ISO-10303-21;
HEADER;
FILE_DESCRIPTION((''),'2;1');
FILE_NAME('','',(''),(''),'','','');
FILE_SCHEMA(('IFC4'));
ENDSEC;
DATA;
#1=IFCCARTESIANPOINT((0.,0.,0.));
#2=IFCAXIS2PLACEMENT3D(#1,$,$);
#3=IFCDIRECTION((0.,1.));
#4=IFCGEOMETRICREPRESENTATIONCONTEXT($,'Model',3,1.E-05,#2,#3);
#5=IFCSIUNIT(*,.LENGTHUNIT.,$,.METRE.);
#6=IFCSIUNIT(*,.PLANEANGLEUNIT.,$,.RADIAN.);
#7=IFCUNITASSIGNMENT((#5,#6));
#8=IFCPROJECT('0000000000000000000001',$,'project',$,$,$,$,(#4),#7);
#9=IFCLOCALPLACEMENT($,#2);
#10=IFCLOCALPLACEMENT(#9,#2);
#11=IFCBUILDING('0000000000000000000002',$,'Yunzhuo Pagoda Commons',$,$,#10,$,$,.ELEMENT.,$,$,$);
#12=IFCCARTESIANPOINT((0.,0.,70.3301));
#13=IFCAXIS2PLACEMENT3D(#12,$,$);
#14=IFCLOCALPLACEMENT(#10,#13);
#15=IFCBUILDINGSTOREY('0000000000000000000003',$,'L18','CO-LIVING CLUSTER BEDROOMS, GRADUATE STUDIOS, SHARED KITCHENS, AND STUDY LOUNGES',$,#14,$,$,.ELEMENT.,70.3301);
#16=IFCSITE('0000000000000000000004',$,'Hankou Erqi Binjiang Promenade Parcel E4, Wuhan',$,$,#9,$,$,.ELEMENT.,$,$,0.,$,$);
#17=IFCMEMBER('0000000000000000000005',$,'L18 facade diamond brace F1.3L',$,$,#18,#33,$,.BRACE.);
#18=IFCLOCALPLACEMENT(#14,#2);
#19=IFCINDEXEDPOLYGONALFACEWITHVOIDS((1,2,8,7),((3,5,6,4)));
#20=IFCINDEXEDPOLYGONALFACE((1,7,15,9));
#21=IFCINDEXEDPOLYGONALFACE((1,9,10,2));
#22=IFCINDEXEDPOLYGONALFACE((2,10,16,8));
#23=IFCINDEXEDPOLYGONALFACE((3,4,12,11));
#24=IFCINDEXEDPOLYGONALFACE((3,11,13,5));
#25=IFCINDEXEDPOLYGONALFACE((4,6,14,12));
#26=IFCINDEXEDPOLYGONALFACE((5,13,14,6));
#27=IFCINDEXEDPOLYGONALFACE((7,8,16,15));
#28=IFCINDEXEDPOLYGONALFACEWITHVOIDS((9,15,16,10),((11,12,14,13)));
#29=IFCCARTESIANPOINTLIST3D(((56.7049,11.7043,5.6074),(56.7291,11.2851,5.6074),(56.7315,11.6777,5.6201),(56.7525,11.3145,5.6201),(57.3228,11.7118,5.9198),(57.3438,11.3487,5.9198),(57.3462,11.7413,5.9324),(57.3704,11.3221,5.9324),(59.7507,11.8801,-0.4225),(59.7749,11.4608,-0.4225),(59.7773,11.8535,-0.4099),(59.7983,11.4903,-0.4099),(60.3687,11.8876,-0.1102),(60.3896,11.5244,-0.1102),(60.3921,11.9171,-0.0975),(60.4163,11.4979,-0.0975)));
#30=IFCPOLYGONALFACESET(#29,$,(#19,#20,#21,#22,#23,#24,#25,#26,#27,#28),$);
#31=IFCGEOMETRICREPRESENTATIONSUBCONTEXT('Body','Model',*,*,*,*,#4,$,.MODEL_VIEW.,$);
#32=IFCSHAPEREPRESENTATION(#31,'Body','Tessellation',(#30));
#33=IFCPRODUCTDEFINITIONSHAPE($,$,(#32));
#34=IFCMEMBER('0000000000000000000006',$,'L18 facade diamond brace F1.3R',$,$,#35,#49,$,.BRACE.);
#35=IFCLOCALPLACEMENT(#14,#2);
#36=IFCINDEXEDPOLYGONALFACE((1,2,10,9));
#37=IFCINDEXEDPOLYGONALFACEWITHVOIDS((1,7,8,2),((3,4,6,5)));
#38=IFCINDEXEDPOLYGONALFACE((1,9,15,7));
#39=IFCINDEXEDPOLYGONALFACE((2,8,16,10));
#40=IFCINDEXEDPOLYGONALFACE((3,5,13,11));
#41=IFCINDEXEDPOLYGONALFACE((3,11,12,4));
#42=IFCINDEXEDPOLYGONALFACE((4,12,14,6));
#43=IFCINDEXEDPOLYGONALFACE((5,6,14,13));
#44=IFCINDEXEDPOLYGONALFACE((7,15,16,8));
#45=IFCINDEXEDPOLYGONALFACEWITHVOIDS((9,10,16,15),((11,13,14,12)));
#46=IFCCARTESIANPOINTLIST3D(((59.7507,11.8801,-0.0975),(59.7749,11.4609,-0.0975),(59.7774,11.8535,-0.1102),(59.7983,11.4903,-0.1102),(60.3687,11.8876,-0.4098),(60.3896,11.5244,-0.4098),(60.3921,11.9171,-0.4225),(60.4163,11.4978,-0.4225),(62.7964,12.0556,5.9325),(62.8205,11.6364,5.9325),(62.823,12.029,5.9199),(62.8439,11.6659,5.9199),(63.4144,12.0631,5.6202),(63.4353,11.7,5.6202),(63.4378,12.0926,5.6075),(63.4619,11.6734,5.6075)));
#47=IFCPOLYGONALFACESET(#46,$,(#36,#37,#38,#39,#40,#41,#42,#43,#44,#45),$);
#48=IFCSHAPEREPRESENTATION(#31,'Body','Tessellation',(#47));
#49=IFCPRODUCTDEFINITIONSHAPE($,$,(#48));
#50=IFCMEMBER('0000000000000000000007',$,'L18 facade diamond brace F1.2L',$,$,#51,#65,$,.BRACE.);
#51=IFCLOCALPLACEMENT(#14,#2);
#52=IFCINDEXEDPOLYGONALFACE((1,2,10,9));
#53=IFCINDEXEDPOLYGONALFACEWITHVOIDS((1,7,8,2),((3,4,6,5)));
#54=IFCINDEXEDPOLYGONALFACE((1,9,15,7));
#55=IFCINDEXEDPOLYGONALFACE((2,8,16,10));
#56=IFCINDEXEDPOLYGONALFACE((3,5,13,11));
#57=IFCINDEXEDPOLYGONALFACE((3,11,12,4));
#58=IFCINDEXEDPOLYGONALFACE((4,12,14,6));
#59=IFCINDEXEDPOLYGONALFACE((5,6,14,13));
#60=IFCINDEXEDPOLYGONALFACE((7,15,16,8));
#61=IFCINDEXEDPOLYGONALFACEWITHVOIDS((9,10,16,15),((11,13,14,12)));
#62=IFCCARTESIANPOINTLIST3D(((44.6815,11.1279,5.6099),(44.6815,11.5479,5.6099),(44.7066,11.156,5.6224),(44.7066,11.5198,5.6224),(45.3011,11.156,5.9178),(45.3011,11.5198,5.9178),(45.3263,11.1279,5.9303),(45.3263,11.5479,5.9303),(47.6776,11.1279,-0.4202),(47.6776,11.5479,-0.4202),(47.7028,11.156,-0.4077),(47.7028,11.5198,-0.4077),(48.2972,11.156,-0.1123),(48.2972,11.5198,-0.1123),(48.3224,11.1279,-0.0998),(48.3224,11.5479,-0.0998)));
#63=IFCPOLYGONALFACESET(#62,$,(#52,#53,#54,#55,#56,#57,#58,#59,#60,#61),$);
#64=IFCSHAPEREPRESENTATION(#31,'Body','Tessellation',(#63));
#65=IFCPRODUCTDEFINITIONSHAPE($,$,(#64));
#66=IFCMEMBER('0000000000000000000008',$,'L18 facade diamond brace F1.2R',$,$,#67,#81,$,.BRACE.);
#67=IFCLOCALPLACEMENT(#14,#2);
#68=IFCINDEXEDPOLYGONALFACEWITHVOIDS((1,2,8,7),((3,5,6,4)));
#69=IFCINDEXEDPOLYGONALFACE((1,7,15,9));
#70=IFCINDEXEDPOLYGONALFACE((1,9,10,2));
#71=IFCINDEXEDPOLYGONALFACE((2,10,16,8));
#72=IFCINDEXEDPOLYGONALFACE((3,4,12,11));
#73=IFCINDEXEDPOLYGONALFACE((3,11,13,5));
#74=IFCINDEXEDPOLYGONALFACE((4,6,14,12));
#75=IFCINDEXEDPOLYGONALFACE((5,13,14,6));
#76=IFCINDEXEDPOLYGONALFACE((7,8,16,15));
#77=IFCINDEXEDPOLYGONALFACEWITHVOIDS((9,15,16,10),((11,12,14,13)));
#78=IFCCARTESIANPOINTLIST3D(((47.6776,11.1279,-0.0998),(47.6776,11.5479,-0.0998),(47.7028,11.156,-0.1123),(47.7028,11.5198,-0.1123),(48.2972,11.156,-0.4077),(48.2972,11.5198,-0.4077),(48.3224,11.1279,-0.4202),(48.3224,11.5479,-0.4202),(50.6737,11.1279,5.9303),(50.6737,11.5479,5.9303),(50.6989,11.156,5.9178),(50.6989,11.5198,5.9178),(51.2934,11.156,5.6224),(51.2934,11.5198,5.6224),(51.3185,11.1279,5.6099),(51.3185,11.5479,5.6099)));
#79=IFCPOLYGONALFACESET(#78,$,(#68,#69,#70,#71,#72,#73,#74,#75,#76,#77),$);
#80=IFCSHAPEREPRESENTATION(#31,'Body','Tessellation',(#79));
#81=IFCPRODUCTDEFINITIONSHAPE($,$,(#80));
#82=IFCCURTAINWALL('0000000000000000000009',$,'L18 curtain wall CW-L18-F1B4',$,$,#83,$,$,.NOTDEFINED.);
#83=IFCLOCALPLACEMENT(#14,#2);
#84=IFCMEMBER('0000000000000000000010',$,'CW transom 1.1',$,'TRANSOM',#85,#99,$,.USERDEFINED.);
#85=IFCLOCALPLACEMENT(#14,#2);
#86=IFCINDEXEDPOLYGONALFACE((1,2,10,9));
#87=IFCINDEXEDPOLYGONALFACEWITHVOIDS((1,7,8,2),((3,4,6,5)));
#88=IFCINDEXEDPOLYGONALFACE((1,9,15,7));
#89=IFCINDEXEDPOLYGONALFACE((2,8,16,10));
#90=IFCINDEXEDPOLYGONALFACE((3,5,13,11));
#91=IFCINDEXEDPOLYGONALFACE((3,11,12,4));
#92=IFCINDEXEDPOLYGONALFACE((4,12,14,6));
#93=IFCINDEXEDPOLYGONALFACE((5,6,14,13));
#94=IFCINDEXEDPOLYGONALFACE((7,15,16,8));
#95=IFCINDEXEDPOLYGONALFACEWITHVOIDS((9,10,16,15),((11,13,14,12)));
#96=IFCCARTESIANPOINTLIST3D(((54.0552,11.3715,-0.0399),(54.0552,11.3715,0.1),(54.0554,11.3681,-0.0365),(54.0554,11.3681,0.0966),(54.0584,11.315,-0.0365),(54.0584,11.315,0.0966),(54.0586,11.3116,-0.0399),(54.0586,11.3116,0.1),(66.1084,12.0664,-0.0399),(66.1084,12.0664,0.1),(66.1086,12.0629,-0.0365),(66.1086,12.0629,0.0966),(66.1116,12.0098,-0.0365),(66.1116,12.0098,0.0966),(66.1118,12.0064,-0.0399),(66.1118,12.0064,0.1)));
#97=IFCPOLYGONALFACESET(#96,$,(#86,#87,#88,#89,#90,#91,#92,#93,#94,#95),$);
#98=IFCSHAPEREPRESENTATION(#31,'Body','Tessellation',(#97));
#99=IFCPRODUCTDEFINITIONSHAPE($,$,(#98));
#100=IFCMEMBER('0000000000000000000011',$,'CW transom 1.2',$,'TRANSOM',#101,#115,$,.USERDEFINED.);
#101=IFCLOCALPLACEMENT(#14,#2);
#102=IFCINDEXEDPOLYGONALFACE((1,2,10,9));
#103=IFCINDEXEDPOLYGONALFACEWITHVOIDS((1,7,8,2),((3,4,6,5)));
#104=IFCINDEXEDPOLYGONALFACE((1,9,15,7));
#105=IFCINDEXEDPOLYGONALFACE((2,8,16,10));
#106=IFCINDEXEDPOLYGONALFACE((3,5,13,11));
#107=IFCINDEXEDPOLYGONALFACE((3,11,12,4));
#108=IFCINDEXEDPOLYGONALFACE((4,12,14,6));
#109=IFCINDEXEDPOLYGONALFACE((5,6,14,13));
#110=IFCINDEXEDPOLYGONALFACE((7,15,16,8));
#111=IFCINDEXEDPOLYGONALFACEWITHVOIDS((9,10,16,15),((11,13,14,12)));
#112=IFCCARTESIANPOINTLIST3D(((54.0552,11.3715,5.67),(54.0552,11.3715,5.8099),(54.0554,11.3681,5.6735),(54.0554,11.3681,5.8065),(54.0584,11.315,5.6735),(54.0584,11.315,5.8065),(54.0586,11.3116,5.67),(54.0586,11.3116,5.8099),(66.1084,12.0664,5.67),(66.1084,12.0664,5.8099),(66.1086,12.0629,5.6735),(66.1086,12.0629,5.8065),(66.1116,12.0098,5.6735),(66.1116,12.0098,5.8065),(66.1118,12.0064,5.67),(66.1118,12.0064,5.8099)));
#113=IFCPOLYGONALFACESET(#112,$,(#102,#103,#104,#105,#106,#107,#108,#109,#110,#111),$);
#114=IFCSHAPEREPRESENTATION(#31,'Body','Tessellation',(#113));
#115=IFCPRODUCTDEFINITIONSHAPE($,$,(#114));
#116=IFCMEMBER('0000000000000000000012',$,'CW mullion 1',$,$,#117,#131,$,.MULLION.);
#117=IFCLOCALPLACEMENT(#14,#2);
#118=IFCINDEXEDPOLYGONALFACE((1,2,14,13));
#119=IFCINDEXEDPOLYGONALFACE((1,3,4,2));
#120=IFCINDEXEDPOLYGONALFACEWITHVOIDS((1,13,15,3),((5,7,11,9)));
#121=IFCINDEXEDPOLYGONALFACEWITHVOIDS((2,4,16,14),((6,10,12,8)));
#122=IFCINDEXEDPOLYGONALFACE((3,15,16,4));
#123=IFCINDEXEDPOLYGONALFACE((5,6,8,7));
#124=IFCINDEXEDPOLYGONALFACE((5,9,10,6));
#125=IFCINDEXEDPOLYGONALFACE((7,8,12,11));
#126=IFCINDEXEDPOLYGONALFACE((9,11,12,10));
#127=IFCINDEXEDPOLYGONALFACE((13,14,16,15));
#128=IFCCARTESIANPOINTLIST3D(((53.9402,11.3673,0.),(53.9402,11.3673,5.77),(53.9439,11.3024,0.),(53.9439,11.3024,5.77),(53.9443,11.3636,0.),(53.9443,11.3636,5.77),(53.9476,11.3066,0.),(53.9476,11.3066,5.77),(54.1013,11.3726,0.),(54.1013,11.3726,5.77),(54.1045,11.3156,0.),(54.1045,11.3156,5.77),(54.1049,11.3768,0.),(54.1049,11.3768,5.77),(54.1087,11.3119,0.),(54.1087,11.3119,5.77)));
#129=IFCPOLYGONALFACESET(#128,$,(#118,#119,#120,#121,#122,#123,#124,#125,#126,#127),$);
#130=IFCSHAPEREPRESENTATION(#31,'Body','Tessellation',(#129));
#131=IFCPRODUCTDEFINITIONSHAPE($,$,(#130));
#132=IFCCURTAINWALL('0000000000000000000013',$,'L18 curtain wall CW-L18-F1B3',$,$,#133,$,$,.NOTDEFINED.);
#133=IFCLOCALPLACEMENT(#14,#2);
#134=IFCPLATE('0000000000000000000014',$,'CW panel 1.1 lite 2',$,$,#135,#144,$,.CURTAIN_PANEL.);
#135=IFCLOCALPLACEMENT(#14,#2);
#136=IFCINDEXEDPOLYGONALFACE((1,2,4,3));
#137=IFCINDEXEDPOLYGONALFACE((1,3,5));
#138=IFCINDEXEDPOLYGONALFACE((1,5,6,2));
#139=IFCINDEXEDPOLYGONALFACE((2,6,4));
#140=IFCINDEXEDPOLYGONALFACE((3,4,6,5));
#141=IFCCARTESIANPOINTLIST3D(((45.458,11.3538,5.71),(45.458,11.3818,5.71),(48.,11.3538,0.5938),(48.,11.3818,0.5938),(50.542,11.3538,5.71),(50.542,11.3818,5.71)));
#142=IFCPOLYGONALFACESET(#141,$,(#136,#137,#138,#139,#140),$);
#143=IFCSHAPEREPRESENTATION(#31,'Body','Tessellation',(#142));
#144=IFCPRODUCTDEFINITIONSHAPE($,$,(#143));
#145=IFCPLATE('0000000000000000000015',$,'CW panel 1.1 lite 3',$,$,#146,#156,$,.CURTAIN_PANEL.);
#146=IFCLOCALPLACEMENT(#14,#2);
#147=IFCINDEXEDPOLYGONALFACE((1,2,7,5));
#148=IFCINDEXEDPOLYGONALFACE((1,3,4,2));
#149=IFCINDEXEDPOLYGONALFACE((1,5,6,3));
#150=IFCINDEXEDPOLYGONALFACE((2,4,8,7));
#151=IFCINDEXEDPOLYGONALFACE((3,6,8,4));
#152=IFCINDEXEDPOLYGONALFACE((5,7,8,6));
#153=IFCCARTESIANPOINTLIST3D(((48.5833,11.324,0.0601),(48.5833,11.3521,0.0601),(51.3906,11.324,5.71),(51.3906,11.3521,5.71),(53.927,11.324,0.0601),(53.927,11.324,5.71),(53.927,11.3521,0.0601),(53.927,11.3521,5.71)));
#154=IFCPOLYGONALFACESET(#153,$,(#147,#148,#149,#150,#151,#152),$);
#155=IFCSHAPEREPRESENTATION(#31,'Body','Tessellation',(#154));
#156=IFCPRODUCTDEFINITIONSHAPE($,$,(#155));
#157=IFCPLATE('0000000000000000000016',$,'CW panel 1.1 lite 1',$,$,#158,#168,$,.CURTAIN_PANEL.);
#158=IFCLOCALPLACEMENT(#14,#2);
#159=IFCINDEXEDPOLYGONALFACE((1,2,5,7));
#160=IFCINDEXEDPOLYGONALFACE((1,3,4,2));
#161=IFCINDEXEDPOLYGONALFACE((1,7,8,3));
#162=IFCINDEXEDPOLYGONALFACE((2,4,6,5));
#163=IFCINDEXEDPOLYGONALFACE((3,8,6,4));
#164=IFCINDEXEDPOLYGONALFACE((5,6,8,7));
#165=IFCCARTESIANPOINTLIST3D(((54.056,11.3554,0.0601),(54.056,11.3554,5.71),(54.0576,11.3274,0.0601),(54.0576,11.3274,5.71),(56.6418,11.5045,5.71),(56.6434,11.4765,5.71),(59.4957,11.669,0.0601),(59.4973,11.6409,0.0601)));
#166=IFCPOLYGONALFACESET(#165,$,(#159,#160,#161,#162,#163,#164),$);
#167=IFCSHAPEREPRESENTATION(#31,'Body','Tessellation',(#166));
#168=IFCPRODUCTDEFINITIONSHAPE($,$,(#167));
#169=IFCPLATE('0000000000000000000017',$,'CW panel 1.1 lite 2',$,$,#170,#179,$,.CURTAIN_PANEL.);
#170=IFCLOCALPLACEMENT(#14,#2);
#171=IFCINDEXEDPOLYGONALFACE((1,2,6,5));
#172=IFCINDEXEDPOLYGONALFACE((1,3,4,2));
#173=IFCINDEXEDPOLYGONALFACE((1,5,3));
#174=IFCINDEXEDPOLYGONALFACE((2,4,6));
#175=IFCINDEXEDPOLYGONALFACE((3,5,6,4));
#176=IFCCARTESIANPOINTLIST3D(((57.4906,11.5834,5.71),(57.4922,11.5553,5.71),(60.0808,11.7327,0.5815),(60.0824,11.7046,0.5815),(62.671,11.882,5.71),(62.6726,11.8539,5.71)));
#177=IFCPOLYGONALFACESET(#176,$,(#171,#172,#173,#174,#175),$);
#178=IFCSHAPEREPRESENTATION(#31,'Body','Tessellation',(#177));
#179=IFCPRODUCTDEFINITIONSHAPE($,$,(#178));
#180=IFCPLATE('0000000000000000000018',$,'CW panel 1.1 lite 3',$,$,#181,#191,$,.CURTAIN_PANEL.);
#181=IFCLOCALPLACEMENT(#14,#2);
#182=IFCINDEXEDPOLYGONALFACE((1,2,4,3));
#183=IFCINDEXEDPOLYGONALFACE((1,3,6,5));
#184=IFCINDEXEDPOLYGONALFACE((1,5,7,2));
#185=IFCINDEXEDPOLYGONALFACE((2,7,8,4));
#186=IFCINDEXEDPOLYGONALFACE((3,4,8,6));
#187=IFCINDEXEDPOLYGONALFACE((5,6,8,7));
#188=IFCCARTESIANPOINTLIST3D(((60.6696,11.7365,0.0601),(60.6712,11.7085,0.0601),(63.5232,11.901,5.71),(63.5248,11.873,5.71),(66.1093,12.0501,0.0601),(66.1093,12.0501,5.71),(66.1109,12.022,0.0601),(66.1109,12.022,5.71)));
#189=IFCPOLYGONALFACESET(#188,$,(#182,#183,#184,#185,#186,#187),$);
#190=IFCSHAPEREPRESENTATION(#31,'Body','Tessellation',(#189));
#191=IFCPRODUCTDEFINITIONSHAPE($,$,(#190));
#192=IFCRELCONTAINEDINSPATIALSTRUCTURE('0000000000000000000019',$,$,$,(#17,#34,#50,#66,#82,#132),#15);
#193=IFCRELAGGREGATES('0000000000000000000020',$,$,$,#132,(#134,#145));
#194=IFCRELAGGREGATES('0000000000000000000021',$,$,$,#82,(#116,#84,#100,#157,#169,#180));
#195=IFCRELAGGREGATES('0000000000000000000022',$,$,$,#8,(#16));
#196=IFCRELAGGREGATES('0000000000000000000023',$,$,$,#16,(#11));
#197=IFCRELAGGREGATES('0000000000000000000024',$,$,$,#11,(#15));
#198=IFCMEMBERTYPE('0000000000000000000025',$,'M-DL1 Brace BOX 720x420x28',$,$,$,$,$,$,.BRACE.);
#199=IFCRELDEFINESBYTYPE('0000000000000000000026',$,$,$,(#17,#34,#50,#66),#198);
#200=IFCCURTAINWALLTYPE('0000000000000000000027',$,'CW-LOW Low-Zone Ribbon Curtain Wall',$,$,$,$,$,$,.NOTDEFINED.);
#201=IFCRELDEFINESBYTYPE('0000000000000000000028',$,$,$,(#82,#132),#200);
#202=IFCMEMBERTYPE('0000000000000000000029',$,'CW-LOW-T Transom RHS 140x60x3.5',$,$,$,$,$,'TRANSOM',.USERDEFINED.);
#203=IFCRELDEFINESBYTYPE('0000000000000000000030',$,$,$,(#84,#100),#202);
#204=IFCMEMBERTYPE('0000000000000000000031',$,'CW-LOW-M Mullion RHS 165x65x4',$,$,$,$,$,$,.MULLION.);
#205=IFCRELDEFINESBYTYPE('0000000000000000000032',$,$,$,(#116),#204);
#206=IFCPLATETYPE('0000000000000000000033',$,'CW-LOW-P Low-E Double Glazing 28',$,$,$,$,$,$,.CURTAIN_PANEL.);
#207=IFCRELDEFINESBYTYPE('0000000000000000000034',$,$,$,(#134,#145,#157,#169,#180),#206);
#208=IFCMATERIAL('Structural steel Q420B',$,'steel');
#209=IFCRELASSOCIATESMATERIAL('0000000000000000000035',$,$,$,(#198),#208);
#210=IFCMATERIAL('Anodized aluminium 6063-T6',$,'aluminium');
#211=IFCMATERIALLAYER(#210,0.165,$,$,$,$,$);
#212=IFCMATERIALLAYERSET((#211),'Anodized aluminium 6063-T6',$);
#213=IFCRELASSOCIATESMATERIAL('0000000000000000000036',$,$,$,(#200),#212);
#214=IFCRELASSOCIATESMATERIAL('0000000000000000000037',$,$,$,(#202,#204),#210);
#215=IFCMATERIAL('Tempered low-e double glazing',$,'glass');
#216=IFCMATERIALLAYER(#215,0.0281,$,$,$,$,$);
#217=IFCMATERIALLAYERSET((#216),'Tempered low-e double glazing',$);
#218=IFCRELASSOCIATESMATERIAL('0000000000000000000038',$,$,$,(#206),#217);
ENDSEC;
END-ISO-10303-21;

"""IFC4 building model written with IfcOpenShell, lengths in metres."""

from ifc_helpers import new_model, si_unit, direction, frame, origin, origin_2d, place, context, subcontext, project, spatial, polyline, hollow_rectangle, outline, extrude, source, transform, mapped, material, layer, layer_set, material_profile, profile_set, type_object, element, aggregate, save


model = new_model("IFC4")

# Units and contexts
model_context = context("Model", 3, precision=1e-05, world=origin(), true_north=direction((0.0, 1.0)))
body_context = subcontext(model_context, "Body", "Model", "MODEL_VIEW")
ifc_project = project(units=[si_unit("LENGTHUNIT", "METRE"), si_unit("PLANEANGLEUNIT", "RADIAN")], contexts=[model_context])

# Site, building, storey
site_placement = place(None, origin())
site = spatial("IfcSite", under=ifc_project, at=site_placement, Name="Hankou Erqi Binjiang Promenade Parcel E4, Wuhan", CompositionType="ELEMENT", RefElevation=0.0)
building_placement = place(site_placement, origin())
building = spatial("IfcBuilding", under=site, at=building_placement, Name="Yunzhuo Pagoda Commons", CompositionType="ELEMENT")
storey_placement = place(building_placement, frame((0.0, 0.0, 70.3301)))
storey = spatial("IfcBuildingStorey", under=building, at=storey_placement, Name="L18", Description="CO-LIVING CLUSTER BEDROOMS, GRADUATE STUDIOS, SHARED KITCHENS, AND STUDY LOUNGES", CompositionType="ELEMENT", Elevation=70.3301)

# Shared definitions
ifc_material_1 = material(Name="Structural steel Q420B", Category="steel")

# Members
ifc_material_profile_1 = material_profile(ifc_material_1, hollow_rectangle(XDim=0.4199, YDim=0.72, WallThickness=0.0281, at=origin_2d()), Name="Structural steel Q420B")
ifc_profile_set_1 = profile_set([ifc_material_profile_1], Name="Structural steel Q420B")
member_type_1 = type_object("IfcMemberType", Name="M-DL1 Brace BOX 720x420x28", PredefinedType="BRACE", material=ifc_profile_set_1)
shared_shape_1 = source(origin(), body_context, "Body", "SweptSolid", [
    extrude(hollow_rectangle(XDim=0.4199, YDim=0.72, WallThickness=0.0281, at=origin_2d()), origin(), (0.0, 0.0, 1.0), 6.7578),
])
for number, where, z_axis, x_axis, name in (
    (1, (60.0835, 11.689, -0.26), (-0.450715, -0.026011, 0.892289), (0.057615, -0.998339, 0.0), "L18 facade diamond brace F1.3L"),
    (2, (60.0835, 11.689, -0.26), (0.450686, 0.025975, 0.892304), (-0.05754, 0.998343, 0.0), "L18 facade diamond brace F1.3R"),
):
    element("IfcMember", number, at=place(storey_placement, frame(where, z_axis=z_axis, x_axis=x_axis)), inside=storey, type_object=member_type_1, Name=name, PredefinedType="BRACE", context=body_context, shape_type="MappedRepresentation", body=[
        mapped(shared_shape_1, transform((0.0, 0.0, 0.0), scale=1.0)),
    ])
shared_shape_2 = source(origin(), body_context, "Body", "SweptSolid", [
    extrude(hollow_rectangle(XDim=0.4199, YDim=0.72, WallThickness=0.0281, at=origin_2d()), origin(), (0.0, 0.0, 1.0), 6.7334),
])
for number, where, z_axis, x_axis, name in (
    (3, (48.0, 11.3379, -0.26), (-0.444964, 0.0, 0.895548), (0.0, -1.0, 0.0), "L18 facade diamond brace F1.2L"),
    (4, (48.0, 11.3379, -0.26), (0.444964, 0.0, 0.895548), (0.0, 1.0, 0.0), "L18 facade diamond brace F1.2R"),
):
    element("IfcMember", number, at=place(storey_placement, frame(where, z_axis=z_axis, x_axis=x_axis)), inside=storey, type_object=member_type_1, Name=name, PredefinedType="BRACE", context=body_context, shape_type="MappedRepresentation", body=[
        mapped(shared_shape_2, transform((0.0, 0.0, 0.0), scale=1.0)),
    ])

# Curtain wall, members
ifc_material_2 = material(Name="Anodized aluminium 6063-T6", Category="aluminium")
ifc_layer_1 = layer(ifc_material_2, 0.165)
ifc_layer_set_1 = layer_set([ifc_layer_1], Name="Anodized aluminium 6063-T6")
curtain_wall_type = type_object("IfcCurtainWallType", Name="CW-LOW Low-Zone Ribbon Curtain Wall", PredefinedType="NOTDEFINED", material=ifc_layer_set_1)
curtain_wall_1_placement = place(storey_placement, origin())
curtain_wall_1 = element("IfcCurtainWall", 5, at=curtain_wall_1_placement, inside=storey, type_object=curtain_wall_type, Name="L18 curtain wall CW-L18-F1B4", PredefinedType="NOTDEFINED")
ifc_material_profile_2 = material_profile(ifc_material_2, hollow_rectangle(XDim=0.0601, YDim=0.1399, WallThickness=0.0034, at=origin_2d()), Name="Anodized aluminium 6063-T6")
ifc_profile_set_2 = profile_set([ifc_material_profile_2], Name="Anodized aluminium 6063-T6")
member_type_2 = type_object("IfcMemberType", Name="CW-LOW-T Transom RHS 140x60x3.5", ElementType="TRANSOM", PredefinedType="USERDEFINED", material=ifc_profile_set_2)
shared_shape_3 = source(origin(), body_context, "Body", "SweptSolid", [
    extrude(hollow_rectangle(XDim=0.0601, YDim=0.1399, WallThickness=0.0034, at=origin_2d()), origin(), (0.0, 0.0, 1.0), 12.0732),
])
member_1_placement = place(storey_placement, frame((54.0569, 11.3416, 0.03), z_axis=(0.998343, 0.057551, 0.0), x_axis=(-0.057551, 0.998343, 0.0)))
member_1 = element("IfcMember", 6, at=member_1_placement, type_object=member_type_2, Name="CW transom 1.1", ObjectType="TRANSOM", PredefinedType="USERDEFINED", context=body_context, shape_type="MappedRepresentation", body=[
    mapped(shared_shape_3, transform((0.0, 0.0, 0.0), scale=1.0)),
])
member_2_placement = place(storey_placement, frame((54.0569, 11.3416, 5.74), z_axis=(0.998343, 0.057551, 0.0), x_axis=(-0.057551, 0.998343, 0.0)))
member_2 = element("IfcMember", 7, at=member_2_placement, type_object=member_type_2, Name="CW transom 1.2", ObjectType="TRANSOM", PredefinedType="USERDEFINED", context=body_context, shape_type="MappedRepresentation", body=[
    mapped(shared_shape_3, transform((0.0, 0.0, 0.0), scale=1.0)),
])
ifc_material_profile_3 = material_profile(ifc_material_2, hollow_rectangle(XDim=0.0649, YDim=0.165, WallThickness=0.0039, at=origin_2d()), Name="Anodized aluminium 6063-T6")
ifc_profile_set_3 = profile_set([ifc_material_profile_3], Name="Anodized aluminium 6063-T6")
member_type_3 = type_object("IfcMemberType", Name="CW-LOW-M Mullion RHS 165x65x4", PredefinedType="MULLION", material=ifc_profile_set_3)
shared_shape_4 = source(origin(), body_context, "Body", "SweptSolid", [
    extrude(hollow_rectangle(XDim=0.0649, YDim=0.165, WallThickness=0.0039, at=origin_2d()), origin(), (0.0, 0.0, 1.0), 5.77),
])
member_3_placement = place(storey_placement, frame((54.0244, 11.3396, 0.0), z_axis=(0.0, 0.0, 1.0), x_axis=(-0.057542, 0.998343, 0.0)))
member_3 = element("IfcMember", 8, at=member_3_placement, type_object=member_type_3, Name="CW mullion 1", PredefinedType="MULLION", context=body_context, shape_type="MappedRepresentation", body=[
    mapped(shared_shape_4, transform((0.0, 0.0, 0.0), scale=1.0)),
])

# Curtain wall, plates
curtain_wall_2_placement = place(storey_placement, origin())
curtain_wall_2 = element("IfcCurtainWall", 9, at=curtain_wall_2_placement, inside=storey, type_object=curtain_wall_type, Name="L18 curtain wall CW-L18-F1B3", PredefinedType="NOTDEFINED")
ifc_material_3 = material(Name="Tempered low-e double glazing", Category="glass")
ifc_layer_2 = layer(ifc_material_3, 0.0281)
ifc_layer_set_2 = layer_set([ifc_layer_2], Name="Tempered low-e double glazing")
plate_type_1 = type_object("IfcPlateType", Name="CW-LOW-P Low-E Double Glazing 28", PredefinedType="CURTAIN_PANEL", material=ifc_layer_set_2)
plate_1_placement = place(storey_placement, frame((48.0, 11.3818, 3.1519), z_axis=(0.0, -1.0, 0.0), x_axis=(1.0, 0.0, 0.0)))
plate_1 = element("IfcPlate", 10, at=plate_1_placement, type_object=plate_type_1, Name="CW panel 1.1 lite 2", PredefinedType="CURTAIN_PANEL", context=body_context, shape_type="SweptSolid", body=[
    extrude(outline(polyline([(-2.542, 2.5581), (0.0, -2.5581), (2.542, 2.5581), (-2.542, 2.5581)])), origin(), (0.0, 0.0, 1.0), 0.0281),
])
plate_2_placement = place(storey_placement, frame((51.2551, 11.3521, 2.885), z_axis=(0.0, -1.0, 0.0), x_axis=(1.0, 0.0, 0.0)))
plate_2 = element("IfcPlate", 11, at=plate_2_placement, type_object=plate_type_1, Name="CW panel 1.1 lite 3", PredefinedType="CURTAIN_PANEL", context=body_context, shape_type="SweptSolid", body=[
    extrude(outline(polyline([(-2.6719, -2.825), (2.6719, -2.825), (2.6719, 2.825), (0.1355, 2.825), (-2.6719, -2.825)])), origin(), (0.0, 0.0, 1.0), 0.0281),
])
aggregate(curtain_wall_2, [plate_1, plate_2])

# Plates
plate_3_placement = place(storey_placement, frame((56.7759, 11.5122, 2.885), z_axis=(0.057542, -0.998343, 0.0), x_axis=(0.998343, 0.057542, 0.0)))
plate_3 = element("IfcPlate", 12, at=plate_3_placement, type_object=plate_type_1, Name="CW panel 1.1 lite 1", PredefinedType="CURTAIN_PANEL", context=body_context, shape_type="SweptSolid", body=[
    extrude(outline(polyline([(-2.7244, -2.825), (2.7244, -2.825), (-0.1343, 2.825), (-2.7244, 2.825), (-2.7244, -2.825)])), origin(), (0.0, 0.0, 1.0), 0.0281),
])
plate_4_placement = place(storey_placement, frame((60.0808, 11.7327, 3.1458), z_axis=(0.057542, -0.998343, 0.0), x_axis=(0.998343, 0.057542, 0.0)))
plate_4 = element("IfcPlate", 13, at=plate_4_placement, type_object=plate_type_1, Name="CW panel 1.1 lite 2", PredefinedType="CURTAIN_PANEL", context=body_context, shape_type="SweptSolid", body=[
    extrude(outline(polyline([(-2.5945, 2.5642), (0.0, -2.5642), (2.5945, 2.5642), (-2.5945, 2.5642)])), origin(), (0.0, 0.0, 1.0), 0.0281),
])
plate_5_placement = place(storey_placement, frame((63.3894, 11.8933, 2.885), z_axis=(0.057542, -0.998343, 0.0), x_axis=(0.998343, 0.057542, 0.0)))
plate_5 = element("IfcPlate", 14, at=plate_5_placement, type_object=plate_type_1, Name="CW panel 1.1 lite 3", PredefinedType="CURTAIN_PANEL", context=body_context, shape_type="SweptSolid", body=[
    extrude(outline(polyline([(-2.7244, -2.825), (2.7244, -2.825), (2.7244, 2.825), (0.134, 2.825), (-2.7244, -2.825)])), origin(), (0.0, 0.0, 1.0), 0.0281),
])
aggregate(curtain_wall_1, [member_3, member_1, member_2, plate_3, plate_4, plate_5])

save(model, "model.ifc")
